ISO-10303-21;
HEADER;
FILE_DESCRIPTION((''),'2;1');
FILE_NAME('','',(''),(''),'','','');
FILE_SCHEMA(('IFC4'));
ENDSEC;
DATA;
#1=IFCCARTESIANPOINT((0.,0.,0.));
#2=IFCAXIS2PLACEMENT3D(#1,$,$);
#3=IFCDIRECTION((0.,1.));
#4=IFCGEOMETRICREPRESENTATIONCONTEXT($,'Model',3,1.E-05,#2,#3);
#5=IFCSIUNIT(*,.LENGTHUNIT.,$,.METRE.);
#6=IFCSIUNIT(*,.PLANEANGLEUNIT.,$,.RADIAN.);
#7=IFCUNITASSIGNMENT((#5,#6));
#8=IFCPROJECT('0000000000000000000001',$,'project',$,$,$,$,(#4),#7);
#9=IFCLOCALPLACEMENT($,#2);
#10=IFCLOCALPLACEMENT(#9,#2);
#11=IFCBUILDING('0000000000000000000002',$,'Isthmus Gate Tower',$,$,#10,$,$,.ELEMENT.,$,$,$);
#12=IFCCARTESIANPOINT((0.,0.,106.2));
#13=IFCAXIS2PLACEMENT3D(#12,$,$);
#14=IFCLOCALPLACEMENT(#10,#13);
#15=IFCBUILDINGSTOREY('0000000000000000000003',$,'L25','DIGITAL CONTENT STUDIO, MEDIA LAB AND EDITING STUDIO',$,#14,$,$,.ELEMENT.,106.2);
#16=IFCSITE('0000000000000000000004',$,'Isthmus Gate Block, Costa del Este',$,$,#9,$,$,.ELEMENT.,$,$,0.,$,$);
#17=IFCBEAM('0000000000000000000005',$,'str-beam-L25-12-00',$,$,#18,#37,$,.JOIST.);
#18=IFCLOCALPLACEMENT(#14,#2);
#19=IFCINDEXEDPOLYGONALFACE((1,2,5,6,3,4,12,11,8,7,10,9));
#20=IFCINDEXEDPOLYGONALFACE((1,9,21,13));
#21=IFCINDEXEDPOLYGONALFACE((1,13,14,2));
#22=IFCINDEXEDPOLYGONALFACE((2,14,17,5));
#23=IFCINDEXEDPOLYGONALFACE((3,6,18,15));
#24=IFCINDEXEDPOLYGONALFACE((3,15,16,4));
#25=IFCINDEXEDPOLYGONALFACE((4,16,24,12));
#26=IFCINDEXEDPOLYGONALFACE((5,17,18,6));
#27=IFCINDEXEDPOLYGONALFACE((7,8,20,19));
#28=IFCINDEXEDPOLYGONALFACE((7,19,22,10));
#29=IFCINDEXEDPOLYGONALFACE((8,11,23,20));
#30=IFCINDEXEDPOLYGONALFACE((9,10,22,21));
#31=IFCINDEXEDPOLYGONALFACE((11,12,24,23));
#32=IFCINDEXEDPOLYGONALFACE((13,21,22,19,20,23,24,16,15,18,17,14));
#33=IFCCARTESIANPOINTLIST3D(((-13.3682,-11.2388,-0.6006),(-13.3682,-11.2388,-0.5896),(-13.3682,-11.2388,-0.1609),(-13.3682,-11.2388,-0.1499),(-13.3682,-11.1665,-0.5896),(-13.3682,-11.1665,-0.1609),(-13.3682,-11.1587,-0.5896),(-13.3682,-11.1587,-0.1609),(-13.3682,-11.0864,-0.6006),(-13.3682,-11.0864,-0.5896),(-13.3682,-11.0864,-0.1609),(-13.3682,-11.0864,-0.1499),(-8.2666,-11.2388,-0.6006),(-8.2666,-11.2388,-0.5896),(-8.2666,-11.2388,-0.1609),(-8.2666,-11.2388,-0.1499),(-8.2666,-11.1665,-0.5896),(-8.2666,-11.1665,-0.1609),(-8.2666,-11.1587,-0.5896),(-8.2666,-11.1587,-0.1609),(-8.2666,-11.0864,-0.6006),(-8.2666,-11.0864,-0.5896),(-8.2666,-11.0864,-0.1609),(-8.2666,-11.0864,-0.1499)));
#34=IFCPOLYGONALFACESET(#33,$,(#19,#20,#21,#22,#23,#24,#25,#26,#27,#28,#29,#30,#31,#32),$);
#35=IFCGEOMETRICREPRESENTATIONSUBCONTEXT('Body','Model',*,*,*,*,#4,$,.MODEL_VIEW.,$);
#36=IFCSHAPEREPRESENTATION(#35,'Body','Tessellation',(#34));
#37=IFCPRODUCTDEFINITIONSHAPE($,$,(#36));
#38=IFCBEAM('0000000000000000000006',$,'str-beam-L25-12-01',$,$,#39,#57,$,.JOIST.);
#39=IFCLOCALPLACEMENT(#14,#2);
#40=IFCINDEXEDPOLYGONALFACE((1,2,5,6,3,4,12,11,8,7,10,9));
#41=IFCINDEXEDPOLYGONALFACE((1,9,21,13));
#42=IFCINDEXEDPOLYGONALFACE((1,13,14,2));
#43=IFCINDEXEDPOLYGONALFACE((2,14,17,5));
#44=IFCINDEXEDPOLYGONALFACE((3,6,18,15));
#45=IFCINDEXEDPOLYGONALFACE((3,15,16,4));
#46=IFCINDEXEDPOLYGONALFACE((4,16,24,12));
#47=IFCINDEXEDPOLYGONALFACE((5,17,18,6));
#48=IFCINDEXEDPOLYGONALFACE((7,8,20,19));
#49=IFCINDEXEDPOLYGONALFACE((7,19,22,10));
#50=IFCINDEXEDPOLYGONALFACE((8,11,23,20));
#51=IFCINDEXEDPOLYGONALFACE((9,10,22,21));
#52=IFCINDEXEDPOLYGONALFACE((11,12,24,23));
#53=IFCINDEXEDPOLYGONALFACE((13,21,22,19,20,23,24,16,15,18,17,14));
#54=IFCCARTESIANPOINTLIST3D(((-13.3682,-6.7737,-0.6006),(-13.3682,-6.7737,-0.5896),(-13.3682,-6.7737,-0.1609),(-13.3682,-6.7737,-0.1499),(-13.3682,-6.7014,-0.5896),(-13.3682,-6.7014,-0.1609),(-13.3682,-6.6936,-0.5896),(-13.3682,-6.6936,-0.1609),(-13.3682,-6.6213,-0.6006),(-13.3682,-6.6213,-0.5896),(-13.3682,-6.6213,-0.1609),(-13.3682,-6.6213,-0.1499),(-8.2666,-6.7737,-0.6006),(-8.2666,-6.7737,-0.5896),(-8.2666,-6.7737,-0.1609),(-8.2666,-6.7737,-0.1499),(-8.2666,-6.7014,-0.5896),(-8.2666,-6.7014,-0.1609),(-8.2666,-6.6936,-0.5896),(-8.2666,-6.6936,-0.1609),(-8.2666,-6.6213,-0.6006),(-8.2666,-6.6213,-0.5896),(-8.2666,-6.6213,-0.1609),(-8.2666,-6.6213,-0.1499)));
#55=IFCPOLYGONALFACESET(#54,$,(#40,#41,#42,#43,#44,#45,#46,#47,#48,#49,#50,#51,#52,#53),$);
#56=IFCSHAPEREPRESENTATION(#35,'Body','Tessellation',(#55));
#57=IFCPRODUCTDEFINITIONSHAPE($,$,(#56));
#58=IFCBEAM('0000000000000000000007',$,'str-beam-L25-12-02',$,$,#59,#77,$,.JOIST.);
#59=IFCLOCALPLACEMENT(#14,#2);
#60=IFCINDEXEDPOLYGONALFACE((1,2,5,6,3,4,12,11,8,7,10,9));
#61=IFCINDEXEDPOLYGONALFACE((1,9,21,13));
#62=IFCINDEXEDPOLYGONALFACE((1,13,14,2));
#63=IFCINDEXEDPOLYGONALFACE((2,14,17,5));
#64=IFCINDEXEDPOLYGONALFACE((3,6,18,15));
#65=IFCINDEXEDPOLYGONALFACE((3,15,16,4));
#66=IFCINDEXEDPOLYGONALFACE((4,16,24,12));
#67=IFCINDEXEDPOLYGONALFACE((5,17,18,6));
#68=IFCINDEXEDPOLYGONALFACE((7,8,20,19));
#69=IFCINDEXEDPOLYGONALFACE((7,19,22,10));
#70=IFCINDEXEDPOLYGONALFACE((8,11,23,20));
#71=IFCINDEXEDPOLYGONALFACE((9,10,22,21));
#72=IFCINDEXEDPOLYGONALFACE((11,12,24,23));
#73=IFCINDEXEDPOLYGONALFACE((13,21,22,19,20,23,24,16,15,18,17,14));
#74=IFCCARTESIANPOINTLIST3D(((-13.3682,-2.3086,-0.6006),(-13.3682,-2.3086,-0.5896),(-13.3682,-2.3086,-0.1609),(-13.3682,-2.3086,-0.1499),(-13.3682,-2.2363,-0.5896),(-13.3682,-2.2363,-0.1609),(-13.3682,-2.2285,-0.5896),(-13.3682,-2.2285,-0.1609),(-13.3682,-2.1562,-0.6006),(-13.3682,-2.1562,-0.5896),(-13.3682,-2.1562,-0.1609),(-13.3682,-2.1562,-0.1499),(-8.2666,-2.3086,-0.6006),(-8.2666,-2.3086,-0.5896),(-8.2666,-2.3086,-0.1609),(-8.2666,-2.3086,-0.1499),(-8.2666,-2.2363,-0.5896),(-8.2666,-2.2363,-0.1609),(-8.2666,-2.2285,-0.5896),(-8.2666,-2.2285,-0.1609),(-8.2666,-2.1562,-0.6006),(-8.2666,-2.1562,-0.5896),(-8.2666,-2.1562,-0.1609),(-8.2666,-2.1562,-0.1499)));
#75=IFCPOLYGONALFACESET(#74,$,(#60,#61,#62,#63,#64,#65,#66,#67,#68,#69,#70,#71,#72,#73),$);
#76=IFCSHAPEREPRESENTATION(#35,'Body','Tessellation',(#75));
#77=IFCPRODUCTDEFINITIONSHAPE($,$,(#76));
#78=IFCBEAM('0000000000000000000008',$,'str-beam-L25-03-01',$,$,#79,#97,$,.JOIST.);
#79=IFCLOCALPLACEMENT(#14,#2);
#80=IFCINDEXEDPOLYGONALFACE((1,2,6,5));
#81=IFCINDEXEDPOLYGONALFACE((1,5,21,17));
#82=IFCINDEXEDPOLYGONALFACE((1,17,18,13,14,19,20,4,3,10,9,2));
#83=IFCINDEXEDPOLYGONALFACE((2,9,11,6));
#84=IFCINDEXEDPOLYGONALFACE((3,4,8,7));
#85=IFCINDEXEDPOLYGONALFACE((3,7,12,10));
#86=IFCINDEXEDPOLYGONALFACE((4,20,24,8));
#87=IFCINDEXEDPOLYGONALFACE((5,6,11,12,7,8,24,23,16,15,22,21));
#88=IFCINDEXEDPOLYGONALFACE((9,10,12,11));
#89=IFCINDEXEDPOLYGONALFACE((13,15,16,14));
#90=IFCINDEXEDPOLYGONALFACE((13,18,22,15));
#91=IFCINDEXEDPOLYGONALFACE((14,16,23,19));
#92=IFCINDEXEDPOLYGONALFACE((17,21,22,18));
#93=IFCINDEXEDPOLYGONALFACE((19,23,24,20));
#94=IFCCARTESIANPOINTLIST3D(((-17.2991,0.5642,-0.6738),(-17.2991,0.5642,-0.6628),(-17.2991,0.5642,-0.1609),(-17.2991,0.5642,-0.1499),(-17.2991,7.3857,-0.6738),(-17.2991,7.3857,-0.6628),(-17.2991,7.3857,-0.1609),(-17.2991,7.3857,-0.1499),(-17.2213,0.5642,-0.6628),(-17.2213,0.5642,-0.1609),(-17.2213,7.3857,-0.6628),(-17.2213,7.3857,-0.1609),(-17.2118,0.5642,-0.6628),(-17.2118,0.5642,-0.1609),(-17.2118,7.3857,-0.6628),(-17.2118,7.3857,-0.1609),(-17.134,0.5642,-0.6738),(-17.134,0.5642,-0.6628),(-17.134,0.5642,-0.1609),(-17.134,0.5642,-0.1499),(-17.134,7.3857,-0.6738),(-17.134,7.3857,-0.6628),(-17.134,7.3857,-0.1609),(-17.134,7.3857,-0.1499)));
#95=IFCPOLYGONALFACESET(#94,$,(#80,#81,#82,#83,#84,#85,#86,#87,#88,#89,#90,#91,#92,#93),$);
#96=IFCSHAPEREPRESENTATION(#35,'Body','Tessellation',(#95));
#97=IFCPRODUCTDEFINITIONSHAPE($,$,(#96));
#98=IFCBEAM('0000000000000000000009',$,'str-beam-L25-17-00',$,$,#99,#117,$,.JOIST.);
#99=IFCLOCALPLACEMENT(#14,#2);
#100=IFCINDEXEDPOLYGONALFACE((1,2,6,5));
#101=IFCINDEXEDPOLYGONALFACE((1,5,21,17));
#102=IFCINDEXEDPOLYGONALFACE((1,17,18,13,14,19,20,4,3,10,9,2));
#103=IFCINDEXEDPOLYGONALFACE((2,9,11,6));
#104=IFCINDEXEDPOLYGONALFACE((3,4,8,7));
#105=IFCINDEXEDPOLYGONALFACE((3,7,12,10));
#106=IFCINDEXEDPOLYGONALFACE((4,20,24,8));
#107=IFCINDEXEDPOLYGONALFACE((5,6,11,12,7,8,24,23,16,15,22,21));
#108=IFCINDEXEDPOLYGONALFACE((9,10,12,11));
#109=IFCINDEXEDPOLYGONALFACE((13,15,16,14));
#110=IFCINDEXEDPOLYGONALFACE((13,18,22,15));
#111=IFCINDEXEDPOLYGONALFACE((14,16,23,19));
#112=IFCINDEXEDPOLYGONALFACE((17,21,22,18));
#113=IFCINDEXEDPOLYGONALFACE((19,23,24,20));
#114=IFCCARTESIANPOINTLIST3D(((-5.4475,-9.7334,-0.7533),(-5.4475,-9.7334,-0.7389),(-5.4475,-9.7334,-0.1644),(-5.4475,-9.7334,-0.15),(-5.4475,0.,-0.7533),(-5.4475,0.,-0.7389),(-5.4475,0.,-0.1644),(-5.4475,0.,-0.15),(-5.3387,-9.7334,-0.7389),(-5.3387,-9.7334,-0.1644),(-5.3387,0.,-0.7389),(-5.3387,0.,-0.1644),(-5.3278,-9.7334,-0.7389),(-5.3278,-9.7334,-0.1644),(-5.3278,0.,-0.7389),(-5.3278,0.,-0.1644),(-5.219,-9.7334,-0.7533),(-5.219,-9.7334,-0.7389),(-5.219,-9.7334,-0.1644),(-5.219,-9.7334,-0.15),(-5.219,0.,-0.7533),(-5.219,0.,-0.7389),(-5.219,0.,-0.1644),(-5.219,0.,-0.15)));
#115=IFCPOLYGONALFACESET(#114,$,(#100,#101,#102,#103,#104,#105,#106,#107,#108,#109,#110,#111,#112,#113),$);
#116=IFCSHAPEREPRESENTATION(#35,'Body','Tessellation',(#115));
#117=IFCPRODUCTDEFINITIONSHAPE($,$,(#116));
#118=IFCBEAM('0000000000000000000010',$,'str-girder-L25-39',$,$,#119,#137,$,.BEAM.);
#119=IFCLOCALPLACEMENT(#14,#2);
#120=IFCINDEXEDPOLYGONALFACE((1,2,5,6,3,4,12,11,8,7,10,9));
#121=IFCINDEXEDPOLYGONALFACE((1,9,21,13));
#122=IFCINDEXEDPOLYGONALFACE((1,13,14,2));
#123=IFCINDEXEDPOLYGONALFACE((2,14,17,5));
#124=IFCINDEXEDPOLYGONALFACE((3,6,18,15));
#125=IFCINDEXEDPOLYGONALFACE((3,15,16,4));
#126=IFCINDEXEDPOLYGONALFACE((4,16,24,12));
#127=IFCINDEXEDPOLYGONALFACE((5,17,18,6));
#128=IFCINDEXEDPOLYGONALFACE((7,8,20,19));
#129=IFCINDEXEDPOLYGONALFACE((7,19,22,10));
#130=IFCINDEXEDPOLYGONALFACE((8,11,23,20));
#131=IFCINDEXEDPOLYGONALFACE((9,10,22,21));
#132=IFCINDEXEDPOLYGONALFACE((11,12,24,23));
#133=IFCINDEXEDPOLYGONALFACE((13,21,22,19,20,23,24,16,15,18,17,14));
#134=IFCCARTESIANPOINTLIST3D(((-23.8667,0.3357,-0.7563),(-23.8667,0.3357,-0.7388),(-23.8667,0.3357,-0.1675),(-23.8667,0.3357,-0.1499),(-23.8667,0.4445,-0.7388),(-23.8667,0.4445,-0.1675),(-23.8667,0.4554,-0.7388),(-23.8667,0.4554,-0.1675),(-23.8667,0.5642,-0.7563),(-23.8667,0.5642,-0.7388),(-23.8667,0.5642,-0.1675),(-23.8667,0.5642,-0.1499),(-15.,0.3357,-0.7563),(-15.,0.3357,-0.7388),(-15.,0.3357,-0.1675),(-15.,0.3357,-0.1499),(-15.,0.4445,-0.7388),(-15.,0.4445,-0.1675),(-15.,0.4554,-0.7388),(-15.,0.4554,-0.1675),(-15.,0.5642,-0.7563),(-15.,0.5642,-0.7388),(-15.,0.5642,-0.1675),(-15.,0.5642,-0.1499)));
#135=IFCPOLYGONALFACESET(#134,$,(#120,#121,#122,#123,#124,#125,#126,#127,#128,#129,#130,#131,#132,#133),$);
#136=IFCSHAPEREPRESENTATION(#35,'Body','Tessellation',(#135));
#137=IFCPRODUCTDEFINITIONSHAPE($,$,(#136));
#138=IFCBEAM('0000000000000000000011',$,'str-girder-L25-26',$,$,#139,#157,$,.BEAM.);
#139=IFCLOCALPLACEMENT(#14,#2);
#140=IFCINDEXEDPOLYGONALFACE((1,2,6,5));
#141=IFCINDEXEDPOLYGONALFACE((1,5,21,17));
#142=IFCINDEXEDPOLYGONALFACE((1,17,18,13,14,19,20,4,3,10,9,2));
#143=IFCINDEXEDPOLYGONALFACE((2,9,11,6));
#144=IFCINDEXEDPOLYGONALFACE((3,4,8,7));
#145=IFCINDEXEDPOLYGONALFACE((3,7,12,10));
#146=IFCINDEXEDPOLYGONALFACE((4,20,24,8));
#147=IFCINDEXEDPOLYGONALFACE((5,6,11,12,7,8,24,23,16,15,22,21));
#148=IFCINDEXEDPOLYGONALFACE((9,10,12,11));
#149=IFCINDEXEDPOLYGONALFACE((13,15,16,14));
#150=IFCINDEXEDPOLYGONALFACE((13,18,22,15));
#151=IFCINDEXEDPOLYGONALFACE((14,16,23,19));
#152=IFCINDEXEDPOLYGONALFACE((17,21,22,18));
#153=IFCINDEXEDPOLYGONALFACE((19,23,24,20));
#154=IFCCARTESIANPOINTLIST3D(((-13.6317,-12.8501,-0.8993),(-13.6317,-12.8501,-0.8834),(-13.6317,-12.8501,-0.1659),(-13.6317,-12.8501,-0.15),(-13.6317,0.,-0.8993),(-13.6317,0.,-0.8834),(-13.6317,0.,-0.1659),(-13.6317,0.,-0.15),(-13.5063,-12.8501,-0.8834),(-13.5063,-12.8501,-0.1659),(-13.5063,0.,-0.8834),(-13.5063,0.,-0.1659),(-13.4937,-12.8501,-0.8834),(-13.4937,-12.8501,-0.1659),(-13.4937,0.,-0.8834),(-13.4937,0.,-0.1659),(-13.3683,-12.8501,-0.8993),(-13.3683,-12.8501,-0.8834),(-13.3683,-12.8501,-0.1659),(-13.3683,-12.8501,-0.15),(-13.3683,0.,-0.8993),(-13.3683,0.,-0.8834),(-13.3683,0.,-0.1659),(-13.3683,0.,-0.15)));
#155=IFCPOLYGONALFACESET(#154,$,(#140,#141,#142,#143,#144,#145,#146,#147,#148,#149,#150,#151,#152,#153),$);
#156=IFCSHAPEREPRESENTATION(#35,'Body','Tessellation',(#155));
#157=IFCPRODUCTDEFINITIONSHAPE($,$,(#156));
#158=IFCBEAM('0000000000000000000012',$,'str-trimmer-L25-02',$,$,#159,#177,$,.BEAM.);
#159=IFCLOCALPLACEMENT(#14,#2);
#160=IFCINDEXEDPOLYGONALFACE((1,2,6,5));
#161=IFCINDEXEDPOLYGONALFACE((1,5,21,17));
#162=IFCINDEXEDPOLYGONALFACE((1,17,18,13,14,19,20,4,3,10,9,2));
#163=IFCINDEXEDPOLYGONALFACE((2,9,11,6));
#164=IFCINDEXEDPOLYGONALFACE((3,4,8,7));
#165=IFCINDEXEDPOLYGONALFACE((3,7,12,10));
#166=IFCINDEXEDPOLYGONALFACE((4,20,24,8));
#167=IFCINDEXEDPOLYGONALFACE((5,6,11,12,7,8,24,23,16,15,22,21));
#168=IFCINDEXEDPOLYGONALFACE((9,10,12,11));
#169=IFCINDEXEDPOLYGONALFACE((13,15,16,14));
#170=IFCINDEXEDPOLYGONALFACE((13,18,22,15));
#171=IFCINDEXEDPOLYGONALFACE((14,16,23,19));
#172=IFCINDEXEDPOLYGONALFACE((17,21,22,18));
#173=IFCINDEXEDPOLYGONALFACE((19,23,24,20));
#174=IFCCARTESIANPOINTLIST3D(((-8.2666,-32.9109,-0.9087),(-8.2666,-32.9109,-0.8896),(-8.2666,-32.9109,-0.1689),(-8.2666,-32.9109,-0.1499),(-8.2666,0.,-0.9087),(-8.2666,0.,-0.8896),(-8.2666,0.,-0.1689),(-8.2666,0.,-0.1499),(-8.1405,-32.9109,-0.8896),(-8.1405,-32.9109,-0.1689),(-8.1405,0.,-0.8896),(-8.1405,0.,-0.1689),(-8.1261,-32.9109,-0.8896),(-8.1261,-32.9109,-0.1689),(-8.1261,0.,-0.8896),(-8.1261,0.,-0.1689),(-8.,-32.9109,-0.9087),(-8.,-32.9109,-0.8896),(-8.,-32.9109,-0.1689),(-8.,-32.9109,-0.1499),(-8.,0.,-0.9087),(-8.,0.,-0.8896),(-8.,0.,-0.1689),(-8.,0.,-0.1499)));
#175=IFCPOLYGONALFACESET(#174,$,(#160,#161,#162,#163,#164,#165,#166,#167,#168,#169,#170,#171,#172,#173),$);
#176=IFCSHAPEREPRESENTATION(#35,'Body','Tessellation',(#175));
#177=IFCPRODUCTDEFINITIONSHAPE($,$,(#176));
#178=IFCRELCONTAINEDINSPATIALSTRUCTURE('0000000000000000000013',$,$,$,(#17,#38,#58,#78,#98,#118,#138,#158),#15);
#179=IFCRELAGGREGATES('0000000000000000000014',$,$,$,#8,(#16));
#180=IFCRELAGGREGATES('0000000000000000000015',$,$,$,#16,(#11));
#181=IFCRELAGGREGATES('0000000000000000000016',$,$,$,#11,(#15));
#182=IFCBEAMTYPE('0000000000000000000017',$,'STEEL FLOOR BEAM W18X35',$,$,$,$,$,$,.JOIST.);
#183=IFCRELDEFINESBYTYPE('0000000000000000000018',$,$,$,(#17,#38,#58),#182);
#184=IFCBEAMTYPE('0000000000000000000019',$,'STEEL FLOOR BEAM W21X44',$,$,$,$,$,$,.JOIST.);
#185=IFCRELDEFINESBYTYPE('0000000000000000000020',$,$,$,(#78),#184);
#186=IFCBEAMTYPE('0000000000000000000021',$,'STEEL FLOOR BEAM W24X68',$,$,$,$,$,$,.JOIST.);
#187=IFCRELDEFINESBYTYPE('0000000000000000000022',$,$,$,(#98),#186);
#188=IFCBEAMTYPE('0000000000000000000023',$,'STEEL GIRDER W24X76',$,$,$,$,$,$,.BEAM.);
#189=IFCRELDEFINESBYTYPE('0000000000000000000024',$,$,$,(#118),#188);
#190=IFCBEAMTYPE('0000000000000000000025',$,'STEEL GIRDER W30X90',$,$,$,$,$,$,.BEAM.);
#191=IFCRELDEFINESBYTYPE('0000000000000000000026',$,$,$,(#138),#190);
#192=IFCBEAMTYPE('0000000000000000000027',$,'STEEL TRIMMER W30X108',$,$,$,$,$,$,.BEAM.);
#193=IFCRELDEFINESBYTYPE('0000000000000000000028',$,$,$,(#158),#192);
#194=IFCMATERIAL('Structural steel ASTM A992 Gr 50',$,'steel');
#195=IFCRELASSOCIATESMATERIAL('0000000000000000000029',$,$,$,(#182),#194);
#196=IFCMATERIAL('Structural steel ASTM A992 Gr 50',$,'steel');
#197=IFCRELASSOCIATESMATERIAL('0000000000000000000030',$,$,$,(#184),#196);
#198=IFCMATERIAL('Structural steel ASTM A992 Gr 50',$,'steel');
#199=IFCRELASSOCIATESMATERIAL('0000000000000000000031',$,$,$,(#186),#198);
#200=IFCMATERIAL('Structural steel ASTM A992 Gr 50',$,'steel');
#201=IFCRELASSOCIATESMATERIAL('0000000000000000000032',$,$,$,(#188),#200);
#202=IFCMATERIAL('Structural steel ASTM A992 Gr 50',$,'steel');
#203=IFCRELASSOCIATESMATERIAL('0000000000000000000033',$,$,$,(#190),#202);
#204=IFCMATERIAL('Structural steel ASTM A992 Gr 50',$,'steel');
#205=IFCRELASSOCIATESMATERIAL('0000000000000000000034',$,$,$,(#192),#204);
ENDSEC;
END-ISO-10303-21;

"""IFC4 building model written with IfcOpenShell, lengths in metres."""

from ifc_helpers import new_model, si_unit, direction, frame, origin, origin_2d, place, context, subcontext, project, spatial, i_section, extrude, material, material_profile, profile_set, type_object, element, save


model = new_model("IFC4")

# Units and contexts
model_context = context("Model", 3, precision=1e-05, world=origin(), true_north=direction((0.0, 1.0)))
body_context = subcontext(model_context, "Body", "Model", "MODEL_VIEW")
ifc_project = project(units=[si_unit("LENGTHUNIT", "METRE"), si_unit("PLANEANGLEUNIT", "RADIAN")], contexts=[model_context])

# Site, building, storey
site_placement = place(None, origin())
site = spatial("IfcSite", under=ifc_project, at=site_placement, Name="Isthmus Gate Block, Costa del Este", CompositionType="ELEMENT", RefElevation=0.0)
building_placement = place(site_placement, origin())
building = spatial("IfcBuilding", under=site, at=building_placement, Name="Isthmus Gate Tower", CompositionType="ELEMENT")
storey_placement = place(building_placement, frame((0.0, 0.0, 106.2)))
storey = spatial("IfcBuildingStorey", under=building, at=storey_placement, Name="L25", Description="DIGITAL CONTENT STUDIO, MEDIA LAB AND EDITING STUDIO", CompositionType="ELEMENT", Elevation=106.2)

# Beams
ifc_material_1 = material(Name="Structural steel ASTM A992 Gr 50", Category="steel")
ifc_material_profile_1 = material_profile(ifc_material_1, i_section(OverallWidth=0.1523, OverallDepth=0.4507, WebThickness=0.0078, FlangeThickness=0.011, at=origin_2d()), Name="W18X35")
ifc_profile_set_1 = profile_set([ifc_material_profile_1], Name="Structural steel ASTM A992 Gr 50")
beam_type_1 = type_object("IfcBeamType", Name="STEEL FLOOR BEAM W18X35", PredefinedType="JOIST", material=ifc_profile_set_1)
for number, where, z_axis, x_axis, name in (
    (1, (-13.3682, -11.1626, -0.3752), (1.0, 0.0, 0.0), (0.0, 1.0, 0.0), "str-beam-L25-12-00"),
    (2, (-13.3682, -6.6975, -0.3752), (1.0, 0.0, 0.0), (0.0, 1.0, 0.0), "str-beam-L25-12-01"),
    (3, (-13.3682, -2.2324, -0.3752), (1.0, 0.0, 0.0), (0.0, 1.0, 0.0), "str-beam-L25-12-02"),
):
    element("IfcBeam", number, at=place(storey_placement, frame(where, z_axis=z_axis, x_axis=x_axis)), inside=storey, type_object=beam_type_1, Name=name, PredefinedType="JOIST", context=body_context, shape_type="SweptSolid", body=[
        extrude(i_section(OverallWidth=0.1523, OverallDepth=0.4507, WebThickness=0.0078, FlangeThickness=0.011, at=origin_2d()), origin(), (0.0, 0.0, 1.0), 5.1016),
    ])
ifc_material_2 = material(Name="Structural steel ASTM A992 Gr 50", Category="steel")
ifc_material_profile_2 = material_profile(ifc_material_2, i_section(OverallWidth=0.165, OverallDepth=0.5239, WebThickness=0.0095, FlangeThickness=0.011, at=origin_2d()), Name="W21X44")
ifc_profile_set_2 = profile_set([ifc_material_profile_2], Name="Structural steel ASTM A992 Gr 50")
beam_type_2 = type_object("IfcBeamType", Name="STEEL FLOOR BEAM W21X44", PredefinedType="JOIST", material=ifc_profile_set_2)
beam_1_placement = place(storey_placement, frame((-17.2166, 0.5642, -0.4119), z_axis=(0.0, 1.0, 0.0), x_axis=(-1.0, 0.0, 0.0)))
element("IfcBeam", 4, at=beam_1_placement, inside=storey, type_object=beam_type_2, Name="str-beam-L25-03-01", PredefinedType="JOIST", context=body_context, shape_type="SweptSolid", body=[
    extrude(i_section(OverallWidth=0.165, OverallDepth=0.5239, WebThickness=0.0095, FlangeThickness=0.011, at=origin_2d()), origin(), (0.0, 0.0, 1.0), 6.8215),
])
ifc_material_3 = material(Name="Structural steel ASTM A992 Gr 50", Category="steel")
ifc_material_profile_3 = material_profile(ifc_material_3, i_section(OverallWidth=0.2285, OverallDepth=0.6033, WebThickness=0.011, FlangeThickness=0.0144, at=origin_2d()), Name="W24X68")
ifc_profile_set_3 = profile_set([ifc_material_profile_3], Name="Structural steel ASTM A992 Gr 50")
beam_type_3 = type_object("IfcBeamType", Name="STEEL FLOOR BEAM W24X68", PredefinedType="JOIST", material=ifc_profile_set_3)
beam_2_placement = place(storey_placement, frame((-5.3333, -9.7334, -0.4517), z_axis=(0.0, 1.0, 0.0), x_axis=(-1.0, 0.0, 0.0)))
element("IfcBeam", 5, at=beam_2_placement, inside=storey, type_object=beam_type_3, Name="str-beam-L25-17-00", PredefinedType="JOIST", context=body_context, shape_type="SweptSolid", body=[
    extrude(i_section(OverallWidth=0.2285, OverallDepth=0.6033, WebThickness=0.011, FlangeThickness=0.0144, at=origin_2d()), origin(), (0.0, 0.0, 1.0), 9.7334),
])
ifc_material_4 = material(Name="Structural steel ASTM A992 Gr 50", Category="steel")
ifc_material_profile_4 = material_profile(ifc_material_4, i_section(OverallWidth=0.2285, OverallDepth=0.6064, WebThickness=0.011, FlangeThickness=0.0176, at=origin_2d()), Name="W24X76")
ifc_profile_set_4 = profile_set([ifc_material_profile_4], Name="Structural steel ASTM A992 Gr 50")
beam_type_4 = type_object("IfcBeamType", Name="STEEL GIRDER W24X76", PredefinedType="BEAM", material=ifc_profile_set_4)
beam_3_placement = place(storey_placement, frame((-15.0, 0.45, -0.4531), z_axis=(-1.0, 0.0, 0.0), x_axis=(0.0, -1.0, 0.0)))
element("IfcBeam", 6, at=beam_3_placement, inside=storey, type_object=beam_type_4, Name="str-girder-L25-39", PredefinedType="BEAM", context=body_context, shape_type="SweptSolid", body=[
    extrude(i_section(OverallWidth=0.2285, OverallDepth=0.6064, WebThickness=0.011, FlangeThickness=0.0176, at=origin_2d()), origin(), (0.0, 0.0, 1.0), 8.8667),
])
ifc_material_5 = material(Name="Structural steel ASTM A992 Gr 50", Category="steel")
ifc_material_profile_5 = material_profile(ifc_material_5, i_section(OverallWidth=0.2634, OverallDepth=0.7493, WebThickness=0.0127, FlangeThickness=0.0159, at=origin_2d()), Name="W30X90")
ifc_profile_set_5 = profile_set([ifc_material_profile_5], Name="Structural steel ASTM A992 Gr 50")
beam_type_5 = type_object("IfcBeamType", Name="STEEL GIRDER W30X90", PredefinedType="BEAM", material=ifc_profile_set_5)
beam_4_placement = place(storey_placement, frame((-13.5, -12.8501, -0.5247), z_axis=(0.0, 1.0, 0.0), x_axis=(-1.0, 0.0, 0.0)))
element("IfcBeam", 7, at=beam_4_placement, inside=storey, type_object=beam_type_5, Name="str-girder-L25-26", PredefinedType="BEAM", context=body_context, shape_type="SweptSolid", body=[
    extrude(i_section(OverallWidth=0.2634, OverallDepth=0.7493, WebThickness=0.0127, FlangeThickness=0.0159, at=origin_2d()), origin(), (0.0, 0.0, 1.0), 12.8501),
])
ifc_material_6 = material(Name="Structural steel ASTM A992 Gr 50", Category="steel")
ifc_material_profile_6 = material_profile(ifc_material_6, i_section(OverallWidth=0.2666, OverallDepth=0.7588, WebThickness=0.0144, FlangeThickness=0.019, at=origin_2d()), Name="W30X108")
ifc_profile_set_6 = profile_set([ifc_material_profile_6], Name="Structural steel ASTM A992 Gr 50")
beam_type_6 = type_object("IfcBeamType", Name="STEEL TRIMMER W30X108", PredefinedType="BEAM", material=ifc_profile_set_6)
beam_5_placement = place(storey_placement, frame((-8.1333, 0.0, -0.5293), z_axis=(0.0, -1.0, 0.0), x_axis=(1.0, 0.0, 0.0)))
element("IfcBeam", 8, at=beam_5_placement, inside=storey, type_object=beam_type_6, Name="str-trimmer-L25-02", PredefinedType="BEAM", context=body_context, shape_type="SweptSolid", body=[
    extrude(i_section(OverallWidth=0.2666, OverallDepth=0.7588, WebThickness=0.0144, FlangeThickness=0.019, at=origin_2d()), origin(), (0.0, 0.0, 1.0), 32.9109),
])

save(model, "model.ifc")
